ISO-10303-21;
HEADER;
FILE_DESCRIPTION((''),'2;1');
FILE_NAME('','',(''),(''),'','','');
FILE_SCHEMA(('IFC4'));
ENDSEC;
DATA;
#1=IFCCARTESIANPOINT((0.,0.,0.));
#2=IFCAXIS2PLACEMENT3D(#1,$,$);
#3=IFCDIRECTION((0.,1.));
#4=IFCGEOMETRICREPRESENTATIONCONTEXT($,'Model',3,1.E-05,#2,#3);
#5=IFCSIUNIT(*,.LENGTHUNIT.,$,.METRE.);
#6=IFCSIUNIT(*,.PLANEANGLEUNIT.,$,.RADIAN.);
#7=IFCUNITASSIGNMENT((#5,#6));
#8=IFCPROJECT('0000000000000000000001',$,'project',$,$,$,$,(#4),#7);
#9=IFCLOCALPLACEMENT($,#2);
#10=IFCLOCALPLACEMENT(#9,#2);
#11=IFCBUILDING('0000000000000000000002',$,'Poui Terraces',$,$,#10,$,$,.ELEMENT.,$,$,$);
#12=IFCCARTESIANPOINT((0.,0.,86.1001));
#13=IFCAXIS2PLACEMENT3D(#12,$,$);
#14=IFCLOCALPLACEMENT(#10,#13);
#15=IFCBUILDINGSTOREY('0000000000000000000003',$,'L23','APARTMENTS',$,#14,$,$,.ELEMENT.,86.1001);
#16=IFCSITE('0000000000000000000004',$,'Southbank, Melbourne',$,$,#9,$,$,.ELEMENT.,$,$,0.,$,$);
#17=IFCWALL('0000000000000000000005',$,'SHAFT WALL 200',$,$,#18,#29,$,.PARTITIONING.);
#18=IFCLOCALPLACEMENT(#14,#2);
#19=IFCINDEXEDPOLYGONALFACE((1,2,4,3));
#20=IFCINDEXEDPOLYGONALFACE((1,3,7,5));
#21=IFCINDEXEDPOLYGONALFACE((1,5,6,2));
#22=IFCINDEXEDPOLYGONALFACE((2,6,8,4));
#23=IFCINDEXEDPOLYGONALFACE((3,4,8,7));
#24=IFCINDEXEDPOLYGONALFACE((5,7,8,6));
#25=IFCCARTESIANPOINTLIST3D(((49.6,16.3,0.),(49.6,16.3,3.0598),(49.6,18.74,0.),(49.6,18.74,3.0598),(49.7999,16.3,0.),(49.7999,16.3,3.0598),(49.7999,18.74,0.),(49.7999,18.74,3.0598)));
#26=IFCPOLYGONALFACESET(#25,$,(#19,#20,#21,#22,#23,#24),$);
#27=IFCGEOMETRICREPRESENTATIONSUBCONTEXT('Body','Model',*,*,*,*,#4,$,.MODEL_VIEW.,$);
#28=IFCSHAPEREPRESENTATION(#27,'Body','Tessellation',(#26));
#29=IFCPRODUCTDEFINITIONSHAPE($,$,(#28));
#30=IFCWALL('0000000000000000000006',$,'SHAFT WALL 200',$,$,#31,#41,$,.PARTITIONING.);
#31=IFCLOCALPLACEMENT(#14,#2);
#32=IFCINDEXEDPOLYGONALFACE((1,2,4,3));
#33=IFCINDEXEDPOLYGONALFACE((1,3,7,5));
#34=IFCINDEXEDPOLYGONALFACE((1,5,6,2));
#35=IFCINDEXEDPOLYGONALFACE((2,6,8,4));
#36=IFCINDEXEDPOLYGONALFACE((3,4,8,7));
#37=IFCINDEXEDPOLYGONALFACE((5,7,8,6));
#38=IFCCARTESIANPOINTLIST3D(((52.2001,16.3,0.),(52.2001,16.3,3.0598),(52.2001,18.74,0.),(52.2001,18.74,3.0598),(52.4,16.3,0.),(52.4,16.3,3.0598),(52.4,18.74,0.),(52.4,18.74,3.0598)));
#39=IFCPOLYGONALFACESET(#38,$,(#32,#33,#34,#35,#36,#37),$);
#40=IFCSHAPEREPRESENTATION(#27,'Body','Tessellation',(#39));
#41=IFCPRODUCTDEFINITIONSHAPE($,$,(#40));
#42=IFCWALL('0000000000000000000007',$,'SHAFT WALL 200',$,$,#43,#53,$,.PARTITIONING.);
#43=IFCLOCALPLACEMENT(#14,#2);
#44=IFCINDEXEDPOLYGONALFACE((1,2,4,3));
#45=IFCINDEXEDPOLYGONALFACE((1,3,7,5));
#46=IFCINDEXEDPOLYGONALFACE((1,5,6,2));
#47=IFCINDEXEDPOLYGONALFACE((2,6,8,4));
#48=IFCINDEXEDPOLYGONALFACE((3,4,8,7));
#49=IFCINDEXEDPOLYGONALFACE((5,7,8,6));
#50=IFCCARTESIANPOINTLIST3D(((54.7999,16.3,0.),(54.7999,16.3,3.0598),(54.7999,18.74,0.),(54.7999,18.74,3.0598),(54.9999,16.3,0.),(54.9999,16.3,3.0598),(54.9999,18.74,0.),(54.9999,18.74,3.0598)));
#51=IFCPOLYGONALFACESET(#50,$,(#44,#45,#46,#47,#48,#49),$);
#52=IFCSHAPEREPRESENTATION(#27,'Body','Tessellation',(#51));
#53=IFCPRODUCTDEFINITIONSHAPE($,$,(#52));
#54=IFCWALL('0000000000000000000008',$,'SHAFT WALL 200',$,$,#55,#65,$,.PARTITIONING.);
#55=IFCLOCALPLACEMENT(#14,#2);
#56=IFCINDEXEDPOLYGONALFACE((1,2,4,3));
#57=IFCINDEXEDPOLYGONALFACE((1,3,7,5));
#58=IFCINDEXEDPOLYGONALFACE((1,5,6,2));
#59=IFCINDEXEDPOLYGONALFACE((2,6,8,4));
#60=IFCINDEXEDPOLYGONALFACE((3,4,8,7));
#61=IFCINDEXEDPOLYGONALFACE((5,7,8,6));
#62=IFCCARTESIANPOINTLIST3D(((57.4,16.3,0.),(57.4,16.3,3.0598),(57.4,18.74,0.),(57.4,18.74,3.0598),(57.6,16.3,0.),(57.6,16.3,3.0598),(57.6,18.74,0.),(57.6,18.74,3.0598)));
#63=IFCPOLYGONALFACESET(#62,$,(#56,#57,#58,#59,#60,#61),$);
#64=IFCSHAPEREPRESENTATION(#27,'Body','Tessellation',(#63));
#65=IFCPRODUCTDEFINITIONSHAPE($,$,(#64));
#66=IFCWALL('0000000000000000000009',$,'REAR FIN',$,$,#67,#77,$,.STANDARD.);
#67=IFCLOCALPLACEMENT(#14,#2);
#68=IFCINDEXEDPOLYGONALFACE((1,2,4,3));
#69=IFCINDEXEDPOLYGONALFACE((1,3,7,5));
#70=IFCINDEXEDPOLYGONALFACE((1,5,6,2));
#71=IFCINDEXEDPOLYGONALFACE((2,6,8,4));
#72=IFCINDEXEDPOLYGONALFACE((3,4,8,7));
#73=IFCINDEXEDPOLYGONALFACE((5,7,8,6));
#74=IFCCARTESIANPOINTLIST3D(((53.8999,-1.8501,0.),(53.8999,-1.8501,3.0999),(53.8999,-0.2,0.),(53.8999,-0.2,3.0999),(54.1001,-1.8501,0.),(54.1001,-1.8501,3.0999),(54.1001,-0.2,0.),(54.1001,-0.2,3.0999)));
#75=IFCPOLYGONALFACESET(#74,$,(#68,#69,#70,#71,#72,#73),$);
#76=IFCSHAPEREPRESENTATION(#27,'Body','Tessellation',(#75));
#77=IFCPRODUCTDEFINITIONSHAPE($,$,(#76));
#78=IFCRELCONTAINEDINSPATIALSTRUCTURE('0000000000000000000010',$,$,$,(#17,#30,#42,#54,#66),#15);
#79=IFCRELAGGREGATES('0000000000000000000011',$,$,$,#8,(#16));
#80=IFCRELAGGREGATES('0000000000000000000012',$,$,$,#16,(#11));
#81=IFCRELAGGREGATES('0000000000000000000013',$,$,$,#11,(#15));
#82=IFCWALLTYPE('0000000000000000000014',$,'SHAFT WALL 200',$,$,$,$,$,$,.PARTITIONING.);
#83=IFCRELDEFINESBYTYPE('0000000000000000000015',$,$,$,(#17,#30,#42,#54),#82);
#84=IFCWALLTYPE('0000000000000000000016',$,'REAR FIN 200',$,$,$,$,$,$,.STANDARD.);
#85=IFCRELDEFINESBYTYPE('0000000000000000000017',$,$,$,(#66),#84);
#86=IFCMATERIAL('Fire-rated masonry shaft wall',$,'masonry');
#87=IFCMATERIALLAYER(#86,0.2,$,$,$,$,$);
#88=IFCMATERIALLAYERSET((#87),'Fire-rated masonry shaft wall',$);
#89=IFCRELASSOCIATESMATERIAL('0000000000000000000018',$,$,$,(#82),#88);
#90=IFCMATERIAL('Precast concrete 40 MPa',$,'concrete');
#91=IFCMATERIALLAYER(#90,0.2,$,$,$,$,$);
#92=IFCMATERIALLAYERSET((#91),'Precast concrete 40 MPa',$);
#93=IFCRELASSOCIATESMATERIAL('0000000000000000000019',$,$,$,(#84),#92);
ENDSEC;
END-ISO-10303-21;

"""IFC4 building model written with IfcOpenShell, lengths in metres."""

from ifc_helpers import new_model, si_unit, direction, frame, frame_2d, origin, place, context, subcontext, project, spatial, polyline, rectangle, outline, extrude, source, transform, mapped, material, layer, layer_set, type_object, element, save


model = new_model("IFC4")

# Units and contexts
model_context = context("Model", 3, precision=1e-05, world=origin(), true_north=direction((0.0, 1.0)))
body_context = subcontext(model_context, "Body", "Model", "MODEL_VIEW")
ifc_project = project(units=[si_unit("LENGTHUNIT", "METRE"), si_unit("PLANEANGLEUNIT", "RADIAN")], contexts=[model_context])

# Site, building, storey
site_placement = place(None, origin())
site = spatial("IfcSite", under=ifc_project, at=site_placement, Name="Southbank, Melbourne", CompositionType="ELEMENT", RefElevation=0.0)
building_placement = place(site_placement, origin())
building = spatial("IfcBuilding", under=site, at=building_placement, Name="Poui Terraces", CompositionType="ELEMENT")
storey_placement = place(building_placement, frame((0.0, 0.0, 86.1001)))
storey = spatial("IfcBuildingStorey", under=building, at=storey_placement, Name="L23", Description="APARTMENTS", CompositionType="ELEMENT", Elevation=86.1001)

# Shared definitions
ifc_material_1 = material(Name="Precast concrete 40 MPa", Category="concrete")

# Walls
ifc_material_2 = material(Name="Fire-rated masonry shaft wall", Category="masonry")
ifc_layer_1 = layer(ifc_material_2, 0.2)
ifc_layer_set_1 = layer_set([ifc_layer_1], Name="Fire-rated masonry shaft wall")
wall_type_1 = type_object("IfcWallType", Name="SHAFT WALL 200", PredefinedType="PARTITIONING", material=ifc_layer_set_1)
for number, where, z_axis, x_axis, name in (
    (1, (49.7, 16.3, 0.0), (0.0, 0.0, 1.0), (0.0, 1.0, 0.0), "SHAFT WALL 200"),
    (2, (52.3, 16.3, 0.0), (0.0, 0.0, 1.0), (0.0, 1.0, 0.0), "SHAFT WALL 200"),
    (3, (54.8999, 16.3, 0.0), (0.0, 0.0, 1.0), (0.0, 1.0, 0.0), "SHAFT WALL 200"),
    (4, (57.5, 16.3, 0.0), (0.0, 0.0, 1.0), (0.0, 1.0, 0.0), "SHAFT WALL 200"),
):
    element("IfcWall", number, at=place(storey_placement, frame(where, z_axis=z_axis, x_axis=x_axis)), inside=storey, type_object=wall_type_1, Name=name, PredefinedType="PARTITIONING", context=body_context, shape_type="SweptSolid", body=[
        extrude(rectangle(XDim=2.4399, YDim=0.2, at=frame_2d((1.22, 0.0))), origin(), (0.0, 0.0, 1.0), 3.0598),
    ])
ifc_layer_2 = layer(ifc_material_1, 0.2)
ifc_layer_set_2 = layer_set([ifc_layer_2], Name="Precast concrete 40 MPa")
wall_type_2 = type_object("IfcWallType", Name="REAR FIN 200", PredefinedType="STANDARD", material=ifc_layer_set_2)
shared_shape_1 = source(origin(), body_context, "Body", "SweptSolid", [
    extrude(outline(polyline([(0.0, 0.0), (0.2002, 0.0), (0.2002, 1.6501), (0.0, 1.6501), (0.0, 0.0)])), origin(), (0.0, 0.0, 1.0), 3.0999),
])
wall_1_placement = place(storey_placement, frame((53.8999, -1.8501, 0.0)))
element("IfcWall", 5, at=wall_1_placement, inside=storey, type_object=wall_type_2, Name="REAR FIN", PredefinedType="STANDARD", context=body_context, shape_type="MappedRepresentation", body=[
    mapped(shared_shape_1, transform((0.0, 0.0, 0.0))),
])

save(model, "model.ifc")
